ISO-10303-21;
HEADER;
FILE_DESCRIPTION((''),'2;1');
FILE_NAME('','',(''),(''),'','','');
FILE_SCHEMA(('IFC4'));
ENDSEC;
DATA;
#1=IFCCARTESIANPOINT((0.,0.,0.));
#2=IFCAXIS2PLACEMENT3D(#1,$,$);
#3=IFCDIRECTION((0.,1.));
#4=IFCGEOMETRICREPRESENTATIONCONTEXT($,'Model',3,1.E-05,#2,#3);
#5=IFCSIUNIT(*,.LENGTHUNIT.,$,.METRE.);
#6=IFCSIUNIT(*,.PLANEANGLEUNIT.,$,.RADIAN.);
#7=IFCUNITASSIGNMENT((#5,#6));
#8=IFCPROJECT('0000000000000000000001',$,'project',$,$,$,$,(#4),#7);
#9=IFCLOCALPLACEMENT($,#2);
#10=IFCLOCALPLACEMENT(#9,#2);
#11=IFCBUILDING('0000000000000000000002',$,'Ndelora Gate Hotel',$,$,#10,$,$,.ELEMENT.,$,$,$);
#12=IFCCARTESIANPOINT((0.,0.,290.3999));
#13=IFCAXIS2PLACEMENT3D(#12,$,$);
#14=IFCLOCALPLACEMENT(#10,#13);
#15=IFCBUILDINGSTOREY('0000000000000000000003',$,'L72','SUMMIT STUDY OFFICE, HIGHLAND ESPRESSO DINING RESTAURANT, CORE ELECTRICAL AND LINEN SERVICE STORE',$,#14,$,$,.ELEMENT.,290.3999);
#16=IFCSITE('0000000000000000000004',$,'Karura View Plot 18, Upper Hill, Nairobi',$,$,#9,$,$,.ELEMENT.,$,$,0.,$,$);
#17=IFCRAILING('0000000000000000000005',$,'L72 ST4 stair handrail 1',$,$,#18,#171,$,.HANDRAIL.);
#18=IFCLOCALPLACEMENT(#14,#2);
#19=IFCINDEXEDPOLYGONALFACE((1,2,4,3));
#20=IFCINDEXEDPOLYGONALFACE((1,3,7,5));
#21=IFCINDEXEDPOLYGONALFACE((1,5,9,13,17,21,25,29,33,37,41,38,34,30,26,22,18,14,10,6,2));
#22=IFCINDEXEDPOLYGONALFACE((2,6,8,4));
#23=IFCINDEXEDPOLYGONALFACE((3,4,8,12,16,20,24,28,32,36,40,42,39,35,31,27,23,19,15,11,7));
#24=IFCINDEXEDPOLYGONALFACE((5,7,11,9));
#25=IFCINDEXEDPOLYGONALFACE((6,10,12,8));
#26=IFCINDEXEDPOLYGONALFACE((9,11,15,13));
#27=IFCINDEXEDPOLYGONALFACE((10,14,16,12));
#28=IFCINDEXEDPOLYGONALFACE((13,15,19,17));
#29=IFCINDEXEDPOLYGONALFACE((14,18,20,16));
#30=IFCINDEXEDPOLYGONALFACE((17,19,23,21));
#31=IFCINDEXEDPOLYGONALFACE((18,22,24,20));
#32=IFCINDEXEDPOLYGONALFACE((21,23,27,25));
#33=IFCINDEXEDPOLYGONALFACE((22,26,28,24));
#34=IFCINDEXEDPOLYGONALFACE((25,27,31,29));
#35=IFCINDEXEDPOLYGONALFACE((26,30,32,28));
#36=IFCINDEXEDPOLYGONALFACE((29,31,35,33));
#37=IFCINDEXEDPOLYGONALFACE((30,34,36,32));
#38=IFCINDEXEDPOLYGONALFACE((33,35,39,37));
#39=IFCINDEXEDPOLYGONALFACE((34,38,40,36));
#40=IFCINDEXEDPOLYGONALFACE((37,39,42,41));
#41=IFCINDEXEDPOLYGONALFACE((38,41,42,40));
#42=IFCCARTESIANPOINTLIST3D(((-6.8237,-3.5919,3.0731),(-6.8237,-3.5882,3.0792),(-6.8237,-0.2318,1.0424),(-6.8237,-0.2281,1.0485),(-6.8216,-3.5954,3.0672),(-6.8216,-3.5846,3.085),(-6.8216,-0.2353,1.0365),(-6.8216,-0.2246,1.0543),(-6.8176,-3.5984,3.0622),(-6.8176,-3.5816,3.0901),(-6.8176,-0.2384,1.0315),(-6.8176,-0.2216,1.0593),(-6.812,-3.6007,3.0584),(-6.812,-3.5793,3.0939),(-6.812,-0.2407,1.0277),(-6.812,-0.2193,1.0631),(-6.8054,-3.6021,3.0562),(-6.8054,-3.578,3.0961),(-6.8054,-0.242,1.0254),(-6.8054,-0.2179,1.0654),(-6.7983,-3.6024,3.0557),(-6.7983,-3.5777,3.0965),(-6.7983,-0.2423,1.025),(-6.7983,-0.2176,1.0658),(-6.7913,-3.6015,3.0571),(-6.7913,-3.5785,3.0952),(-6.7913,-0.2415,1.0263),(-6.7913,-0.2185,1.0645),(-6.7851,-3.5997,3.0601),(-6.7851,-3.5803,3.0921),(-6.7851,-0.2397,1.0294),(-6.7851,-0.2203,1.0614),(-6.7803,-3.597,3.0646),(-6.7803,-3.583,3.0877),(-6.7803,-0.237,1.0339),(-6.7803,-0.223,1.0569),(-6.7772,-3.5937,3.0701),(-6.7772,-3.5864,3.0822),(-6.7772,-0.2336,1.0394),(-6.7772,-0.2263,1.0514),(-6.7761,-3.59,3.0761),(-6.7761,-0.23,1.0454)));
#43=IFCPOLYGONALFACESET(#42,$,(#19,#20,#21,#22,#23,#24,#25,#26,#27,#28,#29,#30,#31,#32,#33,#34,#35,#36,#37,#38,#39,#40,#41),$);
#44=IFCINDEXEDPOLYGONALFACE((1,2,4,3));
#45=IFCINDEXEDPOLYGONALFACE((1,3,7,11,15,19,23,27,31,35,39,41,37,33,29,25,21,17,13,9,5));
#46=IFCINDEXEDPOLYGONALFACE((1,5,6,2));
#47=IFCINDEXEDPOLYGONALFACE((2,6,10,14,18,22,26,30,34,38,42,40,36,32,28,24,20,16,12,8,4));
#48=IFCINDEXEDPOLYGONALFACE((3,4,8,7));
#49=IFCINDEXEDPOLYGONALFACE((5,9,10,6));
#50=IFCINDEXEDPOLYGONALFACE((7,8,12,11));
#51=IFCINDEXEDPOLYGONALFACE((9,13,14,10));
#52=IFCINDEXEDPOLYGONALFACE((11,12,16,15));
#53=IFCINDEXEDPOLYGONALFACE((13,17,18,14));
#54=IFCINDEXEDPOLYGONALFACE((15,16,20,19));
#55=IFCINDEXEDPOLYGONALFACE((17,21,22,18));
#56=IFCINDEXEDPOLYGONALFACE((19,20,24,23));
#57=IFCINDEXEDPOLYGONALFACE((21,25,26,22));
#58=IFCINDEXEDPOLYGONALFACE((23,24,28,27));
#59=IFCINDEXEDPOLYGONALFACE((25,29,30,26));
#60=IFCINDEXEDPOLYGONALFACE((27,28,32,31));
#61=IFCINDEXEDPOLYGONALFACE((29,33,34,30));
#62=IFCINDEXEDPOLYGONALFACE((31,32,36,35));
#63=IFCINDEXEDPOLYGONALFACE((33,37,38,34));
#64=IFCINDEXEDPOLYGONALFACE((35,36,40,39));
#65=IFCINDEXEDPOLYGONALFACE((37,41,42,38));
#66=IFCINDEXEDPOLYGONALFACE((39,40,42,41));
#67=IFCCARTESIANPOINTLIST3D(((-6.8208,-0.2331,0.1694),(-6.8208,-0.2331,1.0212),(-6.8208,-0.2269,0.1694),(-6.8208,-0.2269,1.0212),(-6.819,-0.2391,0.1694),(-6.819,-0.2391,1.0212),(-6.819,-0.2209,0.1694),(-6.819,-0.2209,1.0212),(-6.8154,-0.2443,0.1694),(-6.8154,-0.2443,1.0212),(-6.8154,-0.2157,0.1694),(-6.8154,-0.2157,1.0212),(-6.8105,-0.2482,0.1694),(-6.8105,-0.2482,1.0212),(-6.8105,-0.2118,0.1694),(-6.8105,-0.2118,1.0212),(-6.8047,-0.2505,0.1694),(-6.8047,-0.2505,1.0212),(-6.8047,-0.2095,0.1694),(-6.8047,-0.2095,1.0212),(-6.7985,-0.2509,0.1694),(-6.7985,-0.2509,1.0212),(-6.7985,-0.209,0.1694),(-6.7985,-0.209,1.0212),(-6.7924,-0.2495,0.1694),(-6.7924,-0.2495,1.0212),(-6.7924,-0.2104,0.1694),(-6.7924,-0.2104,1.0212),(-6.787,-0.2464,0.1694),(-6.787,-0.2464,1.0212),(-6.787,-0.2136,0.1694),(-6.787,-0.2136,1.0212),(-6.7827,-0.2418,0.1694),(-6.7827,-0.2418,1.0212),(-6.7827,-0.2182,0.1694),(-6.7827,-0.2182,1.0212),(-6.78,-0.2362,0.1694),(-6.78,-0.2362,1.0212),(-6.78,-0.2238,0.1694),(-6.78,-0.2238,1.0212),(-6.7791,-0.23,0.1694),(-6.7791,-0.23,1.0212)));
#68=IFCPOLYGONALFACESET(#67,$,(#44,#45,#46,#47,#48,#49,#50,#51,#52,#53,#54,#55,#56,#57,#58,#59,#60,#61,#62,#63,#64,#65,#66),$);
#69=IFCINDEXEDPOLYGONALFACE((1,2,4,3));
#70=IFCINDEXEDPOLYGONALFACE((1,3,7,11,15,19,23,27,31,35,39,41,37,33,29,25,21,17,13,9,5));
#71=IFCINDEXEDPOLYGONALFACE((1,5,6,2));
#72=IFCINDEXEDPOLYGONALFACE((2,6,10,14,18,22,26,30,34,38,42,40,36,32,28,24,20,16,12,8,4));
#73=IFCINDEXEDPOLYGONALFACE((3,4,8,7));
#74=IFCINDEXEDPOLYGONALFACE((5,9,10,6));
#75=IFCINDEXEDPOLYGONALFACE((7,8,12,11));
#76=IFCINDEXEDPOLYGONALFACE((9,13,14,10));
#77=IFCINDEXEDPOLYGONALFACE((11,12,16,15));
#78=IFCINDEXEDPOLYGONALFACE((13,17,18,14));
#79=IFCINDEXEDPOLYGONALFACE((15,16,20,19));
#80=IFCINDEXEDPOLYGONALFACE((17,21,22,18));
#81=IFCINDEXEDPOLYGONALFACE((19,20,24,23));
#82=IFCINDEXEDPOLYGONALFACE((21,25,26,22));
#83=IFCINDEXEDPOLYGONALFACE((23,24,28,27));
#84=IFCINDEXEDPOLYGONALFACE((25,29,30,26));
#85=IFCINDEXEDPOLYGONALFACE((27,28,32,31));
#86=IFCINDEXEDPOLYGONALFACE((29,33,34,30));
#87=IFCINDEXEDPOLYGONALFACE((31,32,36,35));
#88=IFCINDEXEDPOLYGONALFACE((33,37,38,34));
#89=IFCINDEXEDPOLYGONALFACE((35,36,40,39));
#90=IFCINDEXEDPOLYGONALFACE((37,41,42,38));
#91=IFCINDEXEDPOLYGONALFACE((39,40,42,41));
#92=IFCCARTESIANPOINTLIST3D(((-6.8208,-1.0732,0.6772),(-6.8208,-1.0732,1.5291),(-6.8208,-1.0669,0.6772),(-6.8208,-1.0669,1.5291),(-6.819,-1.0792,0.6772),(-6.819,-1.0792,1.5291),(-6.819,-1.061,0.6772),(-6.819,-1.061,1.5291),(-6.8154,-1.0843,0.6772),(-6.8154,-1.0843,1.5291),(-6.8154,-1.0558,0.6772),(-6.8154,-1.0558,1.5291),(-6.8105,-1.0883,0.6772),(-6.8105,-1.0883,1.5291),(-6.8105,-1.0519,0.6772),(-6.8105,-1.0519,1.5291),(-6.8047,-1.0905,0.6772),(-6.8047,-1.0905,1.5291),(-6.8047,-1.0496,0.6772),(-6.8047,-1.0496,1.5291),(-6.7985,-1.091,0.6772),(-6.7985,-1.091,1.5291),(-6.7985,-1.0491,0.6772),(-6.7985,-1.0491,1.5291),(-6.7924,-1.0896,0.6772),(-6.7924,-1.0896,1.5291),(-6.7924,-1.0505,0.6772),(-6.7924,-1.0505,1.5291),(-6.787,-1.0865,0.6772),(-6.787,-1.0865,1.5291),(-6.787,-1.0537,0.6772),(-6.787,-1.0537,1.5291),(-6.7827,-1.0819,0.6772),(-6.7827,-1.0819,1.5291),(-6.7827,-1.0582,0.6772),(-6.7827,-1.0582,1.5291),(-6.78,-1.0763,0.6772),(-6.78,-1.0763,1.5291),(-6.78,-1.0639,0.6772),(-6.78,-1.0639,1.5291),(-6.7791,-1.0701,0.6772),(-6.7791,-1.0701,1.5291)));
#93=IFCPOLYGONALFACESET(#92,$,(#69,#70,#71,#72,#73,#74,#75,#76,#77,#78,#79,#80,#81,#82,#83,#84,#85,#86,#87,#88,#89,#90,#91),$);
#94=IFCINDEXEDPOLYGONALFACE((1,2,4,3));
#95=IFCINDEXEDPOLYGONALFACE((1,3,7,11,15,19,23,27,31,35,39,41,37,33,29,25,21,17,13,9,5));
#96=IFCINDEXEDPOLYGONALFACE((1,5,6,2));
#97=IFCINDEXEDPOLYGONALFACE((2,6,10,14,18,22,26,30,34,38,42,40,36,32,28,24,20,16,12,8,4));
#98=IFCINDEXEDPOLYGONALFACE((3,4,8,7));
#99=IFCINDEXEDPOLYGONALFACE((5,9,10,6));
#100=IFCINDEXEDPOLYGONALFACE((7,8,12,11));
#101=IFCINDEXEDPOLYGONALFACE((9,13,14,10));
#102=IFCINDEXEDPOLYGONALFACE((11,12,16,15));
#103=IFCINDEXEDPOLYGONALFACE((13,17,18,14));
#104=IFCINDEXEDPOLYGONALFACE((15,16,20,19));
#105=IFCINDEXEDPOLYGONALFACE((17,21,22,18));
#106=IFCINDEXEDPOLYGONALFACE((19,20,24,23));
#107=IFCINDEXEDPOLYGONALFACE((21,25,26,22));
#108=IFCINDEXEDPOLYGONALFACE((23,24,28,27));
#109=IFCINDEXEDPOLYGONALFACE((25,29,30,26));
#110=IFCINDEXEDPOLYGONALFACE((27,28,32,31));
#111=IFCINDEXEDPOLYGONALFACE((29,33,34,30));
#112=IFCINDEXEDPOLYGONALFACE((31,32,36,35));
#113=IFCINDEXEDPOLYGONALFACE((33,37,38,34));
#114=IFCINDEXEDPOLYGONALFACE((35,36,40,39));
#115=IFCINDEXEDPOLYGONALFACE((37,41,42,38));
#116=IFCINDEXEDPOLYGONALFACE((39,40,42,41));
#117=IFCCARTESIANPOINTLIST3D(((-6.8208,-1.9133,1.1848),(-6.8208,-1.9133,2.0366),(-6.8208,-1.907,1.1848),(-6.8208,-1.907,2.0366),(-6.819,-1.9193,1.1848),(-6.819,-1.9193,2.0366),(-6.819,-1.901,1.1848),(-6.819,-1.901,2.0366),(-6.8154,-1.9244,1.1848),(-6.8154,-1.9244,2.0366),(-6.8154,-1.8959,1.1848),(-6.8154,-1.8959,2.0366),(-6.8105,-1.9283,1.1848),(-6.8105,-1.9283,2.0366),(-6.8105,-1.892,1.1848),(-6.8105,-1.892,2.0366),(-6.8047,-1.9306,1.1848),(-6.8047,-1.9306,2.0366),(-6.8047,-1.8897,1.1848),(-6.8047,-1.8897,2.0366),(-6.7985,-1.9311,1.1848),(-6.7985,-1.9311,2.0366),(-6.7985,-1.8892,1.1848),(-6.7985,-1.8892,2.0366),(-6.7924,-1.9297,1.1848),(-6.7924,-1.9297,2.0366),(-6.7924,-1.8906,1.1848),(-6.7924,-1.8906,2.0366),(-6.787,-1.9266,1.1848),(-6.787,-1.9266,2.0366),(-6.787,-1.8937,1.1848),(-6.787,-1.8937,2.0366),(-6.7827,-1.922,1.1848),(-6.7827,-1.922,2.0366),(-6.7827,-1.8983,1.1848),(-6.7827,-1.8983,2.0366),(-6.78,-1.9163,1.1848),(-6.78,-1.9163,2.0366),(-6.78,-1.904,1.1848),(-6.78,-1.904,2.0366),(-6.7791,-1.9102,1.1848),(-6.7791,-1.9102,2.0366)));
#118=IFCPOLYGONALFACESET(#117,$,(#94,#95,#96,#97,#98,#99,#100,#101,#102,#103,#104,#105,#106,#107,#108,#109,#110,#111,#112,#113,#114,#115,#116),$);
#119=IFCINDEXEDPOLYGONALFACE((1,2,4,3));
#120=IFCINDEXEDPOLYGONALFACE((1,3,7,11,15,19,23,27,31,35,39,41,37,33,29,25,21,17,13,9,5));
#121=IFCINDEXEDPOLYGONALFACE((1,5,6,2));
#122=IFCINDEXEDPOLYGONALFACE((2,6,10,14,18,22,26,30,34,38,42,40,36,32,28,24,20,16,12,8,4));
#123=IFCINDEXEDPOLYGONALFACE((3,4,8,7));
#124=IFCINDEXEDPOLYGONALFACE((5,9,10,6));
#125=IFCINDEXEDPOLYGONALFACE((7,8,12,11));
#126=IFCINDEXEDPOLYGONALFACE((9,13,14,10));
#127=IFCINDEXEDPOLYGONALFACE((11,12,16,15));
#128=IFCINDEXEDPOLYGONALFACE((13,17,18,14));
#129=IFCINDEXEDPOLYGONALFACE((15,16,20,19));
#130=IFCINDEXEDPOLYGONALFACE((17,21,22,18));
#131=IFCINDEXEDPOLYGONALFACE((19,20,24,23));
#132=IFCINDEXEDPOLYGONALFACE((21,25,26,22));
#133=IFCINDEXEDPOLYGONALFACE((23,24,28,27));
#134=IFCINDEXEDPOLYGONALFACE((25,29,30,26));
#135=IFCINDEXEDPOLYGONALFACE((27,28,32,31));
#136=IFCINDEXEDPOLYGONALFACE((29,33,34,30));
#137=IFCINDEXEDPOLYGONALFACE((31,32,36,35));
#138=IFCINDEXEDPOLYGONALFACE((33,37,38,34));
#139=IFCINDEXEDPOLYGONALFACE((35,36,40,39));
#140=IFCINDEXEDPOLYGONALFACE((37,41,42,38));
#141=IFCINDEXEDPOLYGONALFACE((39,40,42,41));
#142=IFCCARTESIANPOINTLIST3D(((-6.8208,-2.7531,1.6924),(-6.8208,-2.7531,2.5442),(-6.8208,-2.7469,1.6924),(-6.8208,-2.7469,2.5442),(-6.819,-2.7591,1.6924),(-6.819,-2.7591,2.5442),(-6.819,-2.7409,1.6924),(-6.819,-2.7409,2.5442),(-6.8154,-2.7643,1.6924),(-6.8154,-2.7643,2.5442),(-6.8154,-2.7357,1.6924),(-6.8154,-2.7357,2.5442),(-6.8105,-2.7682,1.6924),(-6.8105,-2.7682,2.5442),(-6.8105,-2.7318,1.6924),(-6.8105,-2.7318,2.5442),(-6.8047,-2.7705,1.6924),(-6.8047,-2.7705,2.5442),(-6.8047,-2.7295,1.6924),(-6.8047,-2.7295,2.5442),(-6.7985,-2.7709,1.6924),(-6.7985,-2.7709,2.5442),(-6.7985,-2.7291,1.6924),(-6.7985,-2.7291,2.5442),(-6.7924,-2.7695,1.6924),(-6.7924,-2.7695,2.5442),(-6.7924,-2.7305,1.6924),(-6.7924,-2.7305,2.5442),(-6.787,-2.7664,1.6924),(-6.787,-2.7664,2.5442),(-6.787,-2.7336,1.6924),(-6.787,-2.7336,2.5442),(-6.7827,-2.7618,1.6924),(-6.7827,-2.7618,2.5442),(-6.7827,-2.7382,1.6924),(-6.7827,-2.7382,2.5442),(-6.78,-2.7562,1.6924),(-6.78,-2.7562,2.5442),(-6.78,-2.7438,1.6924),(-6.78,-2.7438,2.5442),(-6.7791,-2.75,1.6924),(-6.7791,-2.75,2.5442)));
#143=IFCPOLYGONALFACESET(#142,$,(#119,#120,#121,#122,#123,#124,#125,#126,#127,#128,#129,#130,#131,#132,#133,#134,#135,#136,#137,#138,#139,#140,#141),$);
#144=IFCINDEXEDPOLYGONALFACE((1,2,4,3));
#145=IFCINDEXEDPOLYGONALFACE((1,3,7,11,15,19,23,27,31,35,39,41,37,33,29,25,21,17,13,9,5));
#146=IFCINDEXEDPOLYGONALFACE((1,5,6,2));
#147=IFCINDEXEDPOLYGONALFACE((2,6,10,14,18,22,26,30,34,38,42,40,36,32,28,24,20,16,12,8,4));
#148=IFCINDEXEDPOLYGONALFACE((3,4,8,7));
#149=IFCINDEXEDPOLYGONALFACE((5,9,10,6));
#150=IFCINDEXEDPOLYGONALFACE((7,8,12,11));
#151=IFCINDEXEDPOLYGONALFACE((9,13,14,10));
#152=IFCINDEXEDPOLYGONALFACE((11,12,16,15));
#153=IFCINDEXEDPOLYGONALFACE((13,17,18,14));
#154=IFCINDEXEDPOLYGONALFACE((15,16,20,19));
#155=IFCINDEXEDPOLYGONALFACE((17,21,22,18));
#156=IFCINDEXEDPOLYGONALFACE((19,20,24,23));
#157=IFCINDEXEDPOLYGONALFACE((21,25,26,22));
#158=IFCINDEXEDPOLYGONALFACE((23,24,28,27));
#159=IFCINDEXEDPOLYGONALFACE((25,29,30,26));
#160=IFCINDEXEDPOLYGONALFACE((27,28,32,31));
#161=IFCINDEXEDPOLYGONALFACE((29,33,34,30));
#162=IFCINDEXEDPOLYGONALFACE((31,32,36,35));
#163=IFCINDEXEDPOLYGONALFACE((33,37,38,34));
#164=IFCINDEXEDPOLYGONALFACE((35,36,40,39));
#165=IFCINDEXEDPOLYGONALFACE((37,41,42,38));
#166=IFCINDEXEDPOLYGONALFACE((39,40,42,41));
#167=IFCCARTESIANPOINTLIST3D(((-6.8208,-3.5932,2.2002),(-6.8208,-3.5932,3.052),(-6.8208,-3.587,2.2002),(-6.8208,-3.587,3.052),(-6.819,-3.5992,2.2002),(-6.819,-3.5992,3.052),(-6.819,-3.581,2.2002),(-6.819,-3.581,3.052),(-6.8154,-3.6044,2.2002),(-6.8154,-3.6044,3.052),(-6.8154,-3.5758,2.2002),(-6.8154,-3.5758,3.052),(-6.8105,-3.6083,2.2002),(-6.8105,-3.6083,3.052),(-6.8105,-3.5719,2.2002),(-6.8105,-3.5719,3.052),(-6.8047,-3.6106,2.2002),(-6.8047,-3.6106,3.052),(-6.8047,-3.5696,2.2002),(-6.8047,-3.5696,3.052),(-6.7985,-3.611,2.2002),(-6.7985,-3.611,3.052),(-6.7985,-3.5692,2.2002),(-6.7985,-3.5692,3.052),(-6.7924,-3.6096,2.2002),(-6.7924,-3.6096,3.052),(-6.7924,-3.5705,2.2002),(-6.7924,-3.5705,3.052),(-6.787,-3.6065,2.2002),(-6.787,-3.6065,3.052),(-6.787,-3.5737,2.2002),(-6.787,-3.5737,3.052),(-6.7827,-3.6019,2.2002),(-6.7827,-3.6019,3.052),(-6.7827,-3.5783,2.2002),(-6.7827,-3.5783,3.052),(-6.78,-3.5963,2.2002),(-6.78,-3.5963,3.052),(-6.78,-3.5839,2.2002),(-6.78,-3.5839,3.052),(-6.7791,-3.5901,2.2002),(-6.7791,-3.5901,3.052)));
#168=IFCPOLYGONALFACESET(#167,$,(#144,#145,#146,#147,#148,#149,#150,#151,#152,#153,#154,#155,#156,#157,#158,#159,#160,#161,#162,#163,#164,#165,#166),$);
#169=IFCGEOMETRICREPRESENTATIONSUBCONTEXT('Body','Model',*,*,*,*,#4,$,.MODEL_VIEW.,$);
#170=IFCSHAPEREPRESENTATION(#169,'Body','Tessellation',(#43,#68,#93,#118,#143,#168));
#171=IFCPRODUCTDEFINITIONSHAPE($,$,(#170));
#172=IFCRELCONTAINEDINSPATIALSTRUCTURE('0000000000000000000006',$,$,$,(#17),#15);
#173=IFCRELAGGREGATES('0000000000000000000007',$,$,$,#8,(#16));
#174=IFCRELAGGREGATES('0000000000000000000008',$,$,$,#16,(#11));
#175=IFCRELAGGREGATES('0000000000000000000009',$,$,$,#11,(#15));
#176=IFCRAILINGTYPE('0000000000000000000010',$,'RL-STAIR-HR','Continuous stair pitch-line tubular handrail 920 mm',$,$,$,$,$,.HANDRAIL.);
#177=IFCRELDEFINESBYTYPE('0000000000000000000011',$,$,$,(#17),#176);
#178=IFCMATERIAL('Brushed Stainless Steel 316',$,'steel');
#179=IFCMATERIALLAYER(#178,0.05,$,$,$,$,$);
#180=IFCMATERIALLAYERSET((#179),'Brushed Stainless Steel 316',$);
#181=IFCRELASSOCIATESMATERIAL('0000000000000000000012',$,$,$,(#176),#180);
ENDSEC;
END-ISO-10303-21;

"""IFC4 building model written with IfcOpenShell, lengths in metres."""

from ifc_helpers import new_model, si_unit, direction, frame, origin, origin_2d, place, context, subcontext, project, spatial, circle, extrude, material, layer, layer_set, type_object, element, save


model = new_model("IFC4")

# Units and contexts
model_context = context("Model", 3, precision=1e-05, world=origin(), true_north=direction((0.0, 1.0)))
body_context = subcontext(model_context, "Body", "Model", "MODEL_VIEW")
ifc_project = project(units=[si_unit("LENGTHUNIT", "METRE"), si_unit("PLANEANGLEUNIT", "RADIAN")], contexts=[model_context])

# Site, building, storey
site_placement = place(None, origin())
site = spatial("IfcSite", under=ifc_project, at=site_placement, Name="Karura View Plot 18, Upper Hill, Nairobi", CompositionType="ELEMENT", RefElevation=0.0)
building_placement = place(site_placement, origin())
building = spatial("IfcBuilding", under=site, at=building_placement, Name="Ndelora Gate Hotel", CompositionType="ELEMENT")
storey_placement = place(building_placement, frame((0.0, 0.0, 290.3999)))
storey = spatial("IfcBuildingStorey", under=building, at=storey_placement, Name="L72", Description="SUMMIT STUDY OFFICE, HIGHLAND ESPRESSO DINING RESTAURANT, CORE ELECTRICAL AND LINEN SERVICE STORE", CompositionType="ELEMENT", Elevation=290.3999)

# Railing
ifc_material_1 = material(Name="Brushed Stainless Steel 316", Category="steel")
ifc_layer_1 = layer(ifc_material_1, 0.05)
ifc_layer_set_1 = layer_set([ifc_layer_1], Name="Brushed Stainless Steel 316")
railing_type_1 = type_object("IfcRailingType", Name="RL-STAIR-HR", Description="Continuous stair pitch-line tubular handrail 920 mm", PredefinedType="HANDRAIL", material=ifc_layer_set_1)
railing_1_placement = place(storey_placement, frame((-6.8, -0.23, 0.1694)))
element("IfcRailing", 1, at=railing_1_placement, inside=storey, type_object=railing_type_1, Name="L72 ST4 stair handrail 1", PredefinedType="HANDRAIL", context=body_context, shape_type="SweptSolid", body=[
    extrude(circle(Radius=0.0239, at=origin_2d()), frame((0.0, 0.0, 0.876), z_axis=(0.0, -0.855837, 0.517246), x_axis=(1.0, 0.0, 0.0)), (0.0, 0.0, 1.0), 3.926),
    extrude(circle(Radius=0.021, at=origin_2d()), origin(), (0.0, 0.0, 1.0), 0.8518),
    extrude(circle(Radius=0.021, at=origin_2d()), frame((0.0, -0.8401, 0.5078)), (0.0, 0.0, 1.0), 0.8518),
    extrude(circle(Radius=0.021, at=origin_2d()), frame((0.0, -1.6802, 1.0154)), (0.0, 0.0, 1.0), 0.8518),
    extrude(circle(Radius=0.021, at=origin_2d()), frame((0.0, -2.52, 1.5229)), (0.0, 0.0, 1.0), 0.8518),
    extrude(circle(Radius=0.021, at=origin_2d()), frame((0.0, -3.3601, 2.0308)), (0.0, 0.0, 1.0), 0.8518),
])

save(model, "model.ifc")
